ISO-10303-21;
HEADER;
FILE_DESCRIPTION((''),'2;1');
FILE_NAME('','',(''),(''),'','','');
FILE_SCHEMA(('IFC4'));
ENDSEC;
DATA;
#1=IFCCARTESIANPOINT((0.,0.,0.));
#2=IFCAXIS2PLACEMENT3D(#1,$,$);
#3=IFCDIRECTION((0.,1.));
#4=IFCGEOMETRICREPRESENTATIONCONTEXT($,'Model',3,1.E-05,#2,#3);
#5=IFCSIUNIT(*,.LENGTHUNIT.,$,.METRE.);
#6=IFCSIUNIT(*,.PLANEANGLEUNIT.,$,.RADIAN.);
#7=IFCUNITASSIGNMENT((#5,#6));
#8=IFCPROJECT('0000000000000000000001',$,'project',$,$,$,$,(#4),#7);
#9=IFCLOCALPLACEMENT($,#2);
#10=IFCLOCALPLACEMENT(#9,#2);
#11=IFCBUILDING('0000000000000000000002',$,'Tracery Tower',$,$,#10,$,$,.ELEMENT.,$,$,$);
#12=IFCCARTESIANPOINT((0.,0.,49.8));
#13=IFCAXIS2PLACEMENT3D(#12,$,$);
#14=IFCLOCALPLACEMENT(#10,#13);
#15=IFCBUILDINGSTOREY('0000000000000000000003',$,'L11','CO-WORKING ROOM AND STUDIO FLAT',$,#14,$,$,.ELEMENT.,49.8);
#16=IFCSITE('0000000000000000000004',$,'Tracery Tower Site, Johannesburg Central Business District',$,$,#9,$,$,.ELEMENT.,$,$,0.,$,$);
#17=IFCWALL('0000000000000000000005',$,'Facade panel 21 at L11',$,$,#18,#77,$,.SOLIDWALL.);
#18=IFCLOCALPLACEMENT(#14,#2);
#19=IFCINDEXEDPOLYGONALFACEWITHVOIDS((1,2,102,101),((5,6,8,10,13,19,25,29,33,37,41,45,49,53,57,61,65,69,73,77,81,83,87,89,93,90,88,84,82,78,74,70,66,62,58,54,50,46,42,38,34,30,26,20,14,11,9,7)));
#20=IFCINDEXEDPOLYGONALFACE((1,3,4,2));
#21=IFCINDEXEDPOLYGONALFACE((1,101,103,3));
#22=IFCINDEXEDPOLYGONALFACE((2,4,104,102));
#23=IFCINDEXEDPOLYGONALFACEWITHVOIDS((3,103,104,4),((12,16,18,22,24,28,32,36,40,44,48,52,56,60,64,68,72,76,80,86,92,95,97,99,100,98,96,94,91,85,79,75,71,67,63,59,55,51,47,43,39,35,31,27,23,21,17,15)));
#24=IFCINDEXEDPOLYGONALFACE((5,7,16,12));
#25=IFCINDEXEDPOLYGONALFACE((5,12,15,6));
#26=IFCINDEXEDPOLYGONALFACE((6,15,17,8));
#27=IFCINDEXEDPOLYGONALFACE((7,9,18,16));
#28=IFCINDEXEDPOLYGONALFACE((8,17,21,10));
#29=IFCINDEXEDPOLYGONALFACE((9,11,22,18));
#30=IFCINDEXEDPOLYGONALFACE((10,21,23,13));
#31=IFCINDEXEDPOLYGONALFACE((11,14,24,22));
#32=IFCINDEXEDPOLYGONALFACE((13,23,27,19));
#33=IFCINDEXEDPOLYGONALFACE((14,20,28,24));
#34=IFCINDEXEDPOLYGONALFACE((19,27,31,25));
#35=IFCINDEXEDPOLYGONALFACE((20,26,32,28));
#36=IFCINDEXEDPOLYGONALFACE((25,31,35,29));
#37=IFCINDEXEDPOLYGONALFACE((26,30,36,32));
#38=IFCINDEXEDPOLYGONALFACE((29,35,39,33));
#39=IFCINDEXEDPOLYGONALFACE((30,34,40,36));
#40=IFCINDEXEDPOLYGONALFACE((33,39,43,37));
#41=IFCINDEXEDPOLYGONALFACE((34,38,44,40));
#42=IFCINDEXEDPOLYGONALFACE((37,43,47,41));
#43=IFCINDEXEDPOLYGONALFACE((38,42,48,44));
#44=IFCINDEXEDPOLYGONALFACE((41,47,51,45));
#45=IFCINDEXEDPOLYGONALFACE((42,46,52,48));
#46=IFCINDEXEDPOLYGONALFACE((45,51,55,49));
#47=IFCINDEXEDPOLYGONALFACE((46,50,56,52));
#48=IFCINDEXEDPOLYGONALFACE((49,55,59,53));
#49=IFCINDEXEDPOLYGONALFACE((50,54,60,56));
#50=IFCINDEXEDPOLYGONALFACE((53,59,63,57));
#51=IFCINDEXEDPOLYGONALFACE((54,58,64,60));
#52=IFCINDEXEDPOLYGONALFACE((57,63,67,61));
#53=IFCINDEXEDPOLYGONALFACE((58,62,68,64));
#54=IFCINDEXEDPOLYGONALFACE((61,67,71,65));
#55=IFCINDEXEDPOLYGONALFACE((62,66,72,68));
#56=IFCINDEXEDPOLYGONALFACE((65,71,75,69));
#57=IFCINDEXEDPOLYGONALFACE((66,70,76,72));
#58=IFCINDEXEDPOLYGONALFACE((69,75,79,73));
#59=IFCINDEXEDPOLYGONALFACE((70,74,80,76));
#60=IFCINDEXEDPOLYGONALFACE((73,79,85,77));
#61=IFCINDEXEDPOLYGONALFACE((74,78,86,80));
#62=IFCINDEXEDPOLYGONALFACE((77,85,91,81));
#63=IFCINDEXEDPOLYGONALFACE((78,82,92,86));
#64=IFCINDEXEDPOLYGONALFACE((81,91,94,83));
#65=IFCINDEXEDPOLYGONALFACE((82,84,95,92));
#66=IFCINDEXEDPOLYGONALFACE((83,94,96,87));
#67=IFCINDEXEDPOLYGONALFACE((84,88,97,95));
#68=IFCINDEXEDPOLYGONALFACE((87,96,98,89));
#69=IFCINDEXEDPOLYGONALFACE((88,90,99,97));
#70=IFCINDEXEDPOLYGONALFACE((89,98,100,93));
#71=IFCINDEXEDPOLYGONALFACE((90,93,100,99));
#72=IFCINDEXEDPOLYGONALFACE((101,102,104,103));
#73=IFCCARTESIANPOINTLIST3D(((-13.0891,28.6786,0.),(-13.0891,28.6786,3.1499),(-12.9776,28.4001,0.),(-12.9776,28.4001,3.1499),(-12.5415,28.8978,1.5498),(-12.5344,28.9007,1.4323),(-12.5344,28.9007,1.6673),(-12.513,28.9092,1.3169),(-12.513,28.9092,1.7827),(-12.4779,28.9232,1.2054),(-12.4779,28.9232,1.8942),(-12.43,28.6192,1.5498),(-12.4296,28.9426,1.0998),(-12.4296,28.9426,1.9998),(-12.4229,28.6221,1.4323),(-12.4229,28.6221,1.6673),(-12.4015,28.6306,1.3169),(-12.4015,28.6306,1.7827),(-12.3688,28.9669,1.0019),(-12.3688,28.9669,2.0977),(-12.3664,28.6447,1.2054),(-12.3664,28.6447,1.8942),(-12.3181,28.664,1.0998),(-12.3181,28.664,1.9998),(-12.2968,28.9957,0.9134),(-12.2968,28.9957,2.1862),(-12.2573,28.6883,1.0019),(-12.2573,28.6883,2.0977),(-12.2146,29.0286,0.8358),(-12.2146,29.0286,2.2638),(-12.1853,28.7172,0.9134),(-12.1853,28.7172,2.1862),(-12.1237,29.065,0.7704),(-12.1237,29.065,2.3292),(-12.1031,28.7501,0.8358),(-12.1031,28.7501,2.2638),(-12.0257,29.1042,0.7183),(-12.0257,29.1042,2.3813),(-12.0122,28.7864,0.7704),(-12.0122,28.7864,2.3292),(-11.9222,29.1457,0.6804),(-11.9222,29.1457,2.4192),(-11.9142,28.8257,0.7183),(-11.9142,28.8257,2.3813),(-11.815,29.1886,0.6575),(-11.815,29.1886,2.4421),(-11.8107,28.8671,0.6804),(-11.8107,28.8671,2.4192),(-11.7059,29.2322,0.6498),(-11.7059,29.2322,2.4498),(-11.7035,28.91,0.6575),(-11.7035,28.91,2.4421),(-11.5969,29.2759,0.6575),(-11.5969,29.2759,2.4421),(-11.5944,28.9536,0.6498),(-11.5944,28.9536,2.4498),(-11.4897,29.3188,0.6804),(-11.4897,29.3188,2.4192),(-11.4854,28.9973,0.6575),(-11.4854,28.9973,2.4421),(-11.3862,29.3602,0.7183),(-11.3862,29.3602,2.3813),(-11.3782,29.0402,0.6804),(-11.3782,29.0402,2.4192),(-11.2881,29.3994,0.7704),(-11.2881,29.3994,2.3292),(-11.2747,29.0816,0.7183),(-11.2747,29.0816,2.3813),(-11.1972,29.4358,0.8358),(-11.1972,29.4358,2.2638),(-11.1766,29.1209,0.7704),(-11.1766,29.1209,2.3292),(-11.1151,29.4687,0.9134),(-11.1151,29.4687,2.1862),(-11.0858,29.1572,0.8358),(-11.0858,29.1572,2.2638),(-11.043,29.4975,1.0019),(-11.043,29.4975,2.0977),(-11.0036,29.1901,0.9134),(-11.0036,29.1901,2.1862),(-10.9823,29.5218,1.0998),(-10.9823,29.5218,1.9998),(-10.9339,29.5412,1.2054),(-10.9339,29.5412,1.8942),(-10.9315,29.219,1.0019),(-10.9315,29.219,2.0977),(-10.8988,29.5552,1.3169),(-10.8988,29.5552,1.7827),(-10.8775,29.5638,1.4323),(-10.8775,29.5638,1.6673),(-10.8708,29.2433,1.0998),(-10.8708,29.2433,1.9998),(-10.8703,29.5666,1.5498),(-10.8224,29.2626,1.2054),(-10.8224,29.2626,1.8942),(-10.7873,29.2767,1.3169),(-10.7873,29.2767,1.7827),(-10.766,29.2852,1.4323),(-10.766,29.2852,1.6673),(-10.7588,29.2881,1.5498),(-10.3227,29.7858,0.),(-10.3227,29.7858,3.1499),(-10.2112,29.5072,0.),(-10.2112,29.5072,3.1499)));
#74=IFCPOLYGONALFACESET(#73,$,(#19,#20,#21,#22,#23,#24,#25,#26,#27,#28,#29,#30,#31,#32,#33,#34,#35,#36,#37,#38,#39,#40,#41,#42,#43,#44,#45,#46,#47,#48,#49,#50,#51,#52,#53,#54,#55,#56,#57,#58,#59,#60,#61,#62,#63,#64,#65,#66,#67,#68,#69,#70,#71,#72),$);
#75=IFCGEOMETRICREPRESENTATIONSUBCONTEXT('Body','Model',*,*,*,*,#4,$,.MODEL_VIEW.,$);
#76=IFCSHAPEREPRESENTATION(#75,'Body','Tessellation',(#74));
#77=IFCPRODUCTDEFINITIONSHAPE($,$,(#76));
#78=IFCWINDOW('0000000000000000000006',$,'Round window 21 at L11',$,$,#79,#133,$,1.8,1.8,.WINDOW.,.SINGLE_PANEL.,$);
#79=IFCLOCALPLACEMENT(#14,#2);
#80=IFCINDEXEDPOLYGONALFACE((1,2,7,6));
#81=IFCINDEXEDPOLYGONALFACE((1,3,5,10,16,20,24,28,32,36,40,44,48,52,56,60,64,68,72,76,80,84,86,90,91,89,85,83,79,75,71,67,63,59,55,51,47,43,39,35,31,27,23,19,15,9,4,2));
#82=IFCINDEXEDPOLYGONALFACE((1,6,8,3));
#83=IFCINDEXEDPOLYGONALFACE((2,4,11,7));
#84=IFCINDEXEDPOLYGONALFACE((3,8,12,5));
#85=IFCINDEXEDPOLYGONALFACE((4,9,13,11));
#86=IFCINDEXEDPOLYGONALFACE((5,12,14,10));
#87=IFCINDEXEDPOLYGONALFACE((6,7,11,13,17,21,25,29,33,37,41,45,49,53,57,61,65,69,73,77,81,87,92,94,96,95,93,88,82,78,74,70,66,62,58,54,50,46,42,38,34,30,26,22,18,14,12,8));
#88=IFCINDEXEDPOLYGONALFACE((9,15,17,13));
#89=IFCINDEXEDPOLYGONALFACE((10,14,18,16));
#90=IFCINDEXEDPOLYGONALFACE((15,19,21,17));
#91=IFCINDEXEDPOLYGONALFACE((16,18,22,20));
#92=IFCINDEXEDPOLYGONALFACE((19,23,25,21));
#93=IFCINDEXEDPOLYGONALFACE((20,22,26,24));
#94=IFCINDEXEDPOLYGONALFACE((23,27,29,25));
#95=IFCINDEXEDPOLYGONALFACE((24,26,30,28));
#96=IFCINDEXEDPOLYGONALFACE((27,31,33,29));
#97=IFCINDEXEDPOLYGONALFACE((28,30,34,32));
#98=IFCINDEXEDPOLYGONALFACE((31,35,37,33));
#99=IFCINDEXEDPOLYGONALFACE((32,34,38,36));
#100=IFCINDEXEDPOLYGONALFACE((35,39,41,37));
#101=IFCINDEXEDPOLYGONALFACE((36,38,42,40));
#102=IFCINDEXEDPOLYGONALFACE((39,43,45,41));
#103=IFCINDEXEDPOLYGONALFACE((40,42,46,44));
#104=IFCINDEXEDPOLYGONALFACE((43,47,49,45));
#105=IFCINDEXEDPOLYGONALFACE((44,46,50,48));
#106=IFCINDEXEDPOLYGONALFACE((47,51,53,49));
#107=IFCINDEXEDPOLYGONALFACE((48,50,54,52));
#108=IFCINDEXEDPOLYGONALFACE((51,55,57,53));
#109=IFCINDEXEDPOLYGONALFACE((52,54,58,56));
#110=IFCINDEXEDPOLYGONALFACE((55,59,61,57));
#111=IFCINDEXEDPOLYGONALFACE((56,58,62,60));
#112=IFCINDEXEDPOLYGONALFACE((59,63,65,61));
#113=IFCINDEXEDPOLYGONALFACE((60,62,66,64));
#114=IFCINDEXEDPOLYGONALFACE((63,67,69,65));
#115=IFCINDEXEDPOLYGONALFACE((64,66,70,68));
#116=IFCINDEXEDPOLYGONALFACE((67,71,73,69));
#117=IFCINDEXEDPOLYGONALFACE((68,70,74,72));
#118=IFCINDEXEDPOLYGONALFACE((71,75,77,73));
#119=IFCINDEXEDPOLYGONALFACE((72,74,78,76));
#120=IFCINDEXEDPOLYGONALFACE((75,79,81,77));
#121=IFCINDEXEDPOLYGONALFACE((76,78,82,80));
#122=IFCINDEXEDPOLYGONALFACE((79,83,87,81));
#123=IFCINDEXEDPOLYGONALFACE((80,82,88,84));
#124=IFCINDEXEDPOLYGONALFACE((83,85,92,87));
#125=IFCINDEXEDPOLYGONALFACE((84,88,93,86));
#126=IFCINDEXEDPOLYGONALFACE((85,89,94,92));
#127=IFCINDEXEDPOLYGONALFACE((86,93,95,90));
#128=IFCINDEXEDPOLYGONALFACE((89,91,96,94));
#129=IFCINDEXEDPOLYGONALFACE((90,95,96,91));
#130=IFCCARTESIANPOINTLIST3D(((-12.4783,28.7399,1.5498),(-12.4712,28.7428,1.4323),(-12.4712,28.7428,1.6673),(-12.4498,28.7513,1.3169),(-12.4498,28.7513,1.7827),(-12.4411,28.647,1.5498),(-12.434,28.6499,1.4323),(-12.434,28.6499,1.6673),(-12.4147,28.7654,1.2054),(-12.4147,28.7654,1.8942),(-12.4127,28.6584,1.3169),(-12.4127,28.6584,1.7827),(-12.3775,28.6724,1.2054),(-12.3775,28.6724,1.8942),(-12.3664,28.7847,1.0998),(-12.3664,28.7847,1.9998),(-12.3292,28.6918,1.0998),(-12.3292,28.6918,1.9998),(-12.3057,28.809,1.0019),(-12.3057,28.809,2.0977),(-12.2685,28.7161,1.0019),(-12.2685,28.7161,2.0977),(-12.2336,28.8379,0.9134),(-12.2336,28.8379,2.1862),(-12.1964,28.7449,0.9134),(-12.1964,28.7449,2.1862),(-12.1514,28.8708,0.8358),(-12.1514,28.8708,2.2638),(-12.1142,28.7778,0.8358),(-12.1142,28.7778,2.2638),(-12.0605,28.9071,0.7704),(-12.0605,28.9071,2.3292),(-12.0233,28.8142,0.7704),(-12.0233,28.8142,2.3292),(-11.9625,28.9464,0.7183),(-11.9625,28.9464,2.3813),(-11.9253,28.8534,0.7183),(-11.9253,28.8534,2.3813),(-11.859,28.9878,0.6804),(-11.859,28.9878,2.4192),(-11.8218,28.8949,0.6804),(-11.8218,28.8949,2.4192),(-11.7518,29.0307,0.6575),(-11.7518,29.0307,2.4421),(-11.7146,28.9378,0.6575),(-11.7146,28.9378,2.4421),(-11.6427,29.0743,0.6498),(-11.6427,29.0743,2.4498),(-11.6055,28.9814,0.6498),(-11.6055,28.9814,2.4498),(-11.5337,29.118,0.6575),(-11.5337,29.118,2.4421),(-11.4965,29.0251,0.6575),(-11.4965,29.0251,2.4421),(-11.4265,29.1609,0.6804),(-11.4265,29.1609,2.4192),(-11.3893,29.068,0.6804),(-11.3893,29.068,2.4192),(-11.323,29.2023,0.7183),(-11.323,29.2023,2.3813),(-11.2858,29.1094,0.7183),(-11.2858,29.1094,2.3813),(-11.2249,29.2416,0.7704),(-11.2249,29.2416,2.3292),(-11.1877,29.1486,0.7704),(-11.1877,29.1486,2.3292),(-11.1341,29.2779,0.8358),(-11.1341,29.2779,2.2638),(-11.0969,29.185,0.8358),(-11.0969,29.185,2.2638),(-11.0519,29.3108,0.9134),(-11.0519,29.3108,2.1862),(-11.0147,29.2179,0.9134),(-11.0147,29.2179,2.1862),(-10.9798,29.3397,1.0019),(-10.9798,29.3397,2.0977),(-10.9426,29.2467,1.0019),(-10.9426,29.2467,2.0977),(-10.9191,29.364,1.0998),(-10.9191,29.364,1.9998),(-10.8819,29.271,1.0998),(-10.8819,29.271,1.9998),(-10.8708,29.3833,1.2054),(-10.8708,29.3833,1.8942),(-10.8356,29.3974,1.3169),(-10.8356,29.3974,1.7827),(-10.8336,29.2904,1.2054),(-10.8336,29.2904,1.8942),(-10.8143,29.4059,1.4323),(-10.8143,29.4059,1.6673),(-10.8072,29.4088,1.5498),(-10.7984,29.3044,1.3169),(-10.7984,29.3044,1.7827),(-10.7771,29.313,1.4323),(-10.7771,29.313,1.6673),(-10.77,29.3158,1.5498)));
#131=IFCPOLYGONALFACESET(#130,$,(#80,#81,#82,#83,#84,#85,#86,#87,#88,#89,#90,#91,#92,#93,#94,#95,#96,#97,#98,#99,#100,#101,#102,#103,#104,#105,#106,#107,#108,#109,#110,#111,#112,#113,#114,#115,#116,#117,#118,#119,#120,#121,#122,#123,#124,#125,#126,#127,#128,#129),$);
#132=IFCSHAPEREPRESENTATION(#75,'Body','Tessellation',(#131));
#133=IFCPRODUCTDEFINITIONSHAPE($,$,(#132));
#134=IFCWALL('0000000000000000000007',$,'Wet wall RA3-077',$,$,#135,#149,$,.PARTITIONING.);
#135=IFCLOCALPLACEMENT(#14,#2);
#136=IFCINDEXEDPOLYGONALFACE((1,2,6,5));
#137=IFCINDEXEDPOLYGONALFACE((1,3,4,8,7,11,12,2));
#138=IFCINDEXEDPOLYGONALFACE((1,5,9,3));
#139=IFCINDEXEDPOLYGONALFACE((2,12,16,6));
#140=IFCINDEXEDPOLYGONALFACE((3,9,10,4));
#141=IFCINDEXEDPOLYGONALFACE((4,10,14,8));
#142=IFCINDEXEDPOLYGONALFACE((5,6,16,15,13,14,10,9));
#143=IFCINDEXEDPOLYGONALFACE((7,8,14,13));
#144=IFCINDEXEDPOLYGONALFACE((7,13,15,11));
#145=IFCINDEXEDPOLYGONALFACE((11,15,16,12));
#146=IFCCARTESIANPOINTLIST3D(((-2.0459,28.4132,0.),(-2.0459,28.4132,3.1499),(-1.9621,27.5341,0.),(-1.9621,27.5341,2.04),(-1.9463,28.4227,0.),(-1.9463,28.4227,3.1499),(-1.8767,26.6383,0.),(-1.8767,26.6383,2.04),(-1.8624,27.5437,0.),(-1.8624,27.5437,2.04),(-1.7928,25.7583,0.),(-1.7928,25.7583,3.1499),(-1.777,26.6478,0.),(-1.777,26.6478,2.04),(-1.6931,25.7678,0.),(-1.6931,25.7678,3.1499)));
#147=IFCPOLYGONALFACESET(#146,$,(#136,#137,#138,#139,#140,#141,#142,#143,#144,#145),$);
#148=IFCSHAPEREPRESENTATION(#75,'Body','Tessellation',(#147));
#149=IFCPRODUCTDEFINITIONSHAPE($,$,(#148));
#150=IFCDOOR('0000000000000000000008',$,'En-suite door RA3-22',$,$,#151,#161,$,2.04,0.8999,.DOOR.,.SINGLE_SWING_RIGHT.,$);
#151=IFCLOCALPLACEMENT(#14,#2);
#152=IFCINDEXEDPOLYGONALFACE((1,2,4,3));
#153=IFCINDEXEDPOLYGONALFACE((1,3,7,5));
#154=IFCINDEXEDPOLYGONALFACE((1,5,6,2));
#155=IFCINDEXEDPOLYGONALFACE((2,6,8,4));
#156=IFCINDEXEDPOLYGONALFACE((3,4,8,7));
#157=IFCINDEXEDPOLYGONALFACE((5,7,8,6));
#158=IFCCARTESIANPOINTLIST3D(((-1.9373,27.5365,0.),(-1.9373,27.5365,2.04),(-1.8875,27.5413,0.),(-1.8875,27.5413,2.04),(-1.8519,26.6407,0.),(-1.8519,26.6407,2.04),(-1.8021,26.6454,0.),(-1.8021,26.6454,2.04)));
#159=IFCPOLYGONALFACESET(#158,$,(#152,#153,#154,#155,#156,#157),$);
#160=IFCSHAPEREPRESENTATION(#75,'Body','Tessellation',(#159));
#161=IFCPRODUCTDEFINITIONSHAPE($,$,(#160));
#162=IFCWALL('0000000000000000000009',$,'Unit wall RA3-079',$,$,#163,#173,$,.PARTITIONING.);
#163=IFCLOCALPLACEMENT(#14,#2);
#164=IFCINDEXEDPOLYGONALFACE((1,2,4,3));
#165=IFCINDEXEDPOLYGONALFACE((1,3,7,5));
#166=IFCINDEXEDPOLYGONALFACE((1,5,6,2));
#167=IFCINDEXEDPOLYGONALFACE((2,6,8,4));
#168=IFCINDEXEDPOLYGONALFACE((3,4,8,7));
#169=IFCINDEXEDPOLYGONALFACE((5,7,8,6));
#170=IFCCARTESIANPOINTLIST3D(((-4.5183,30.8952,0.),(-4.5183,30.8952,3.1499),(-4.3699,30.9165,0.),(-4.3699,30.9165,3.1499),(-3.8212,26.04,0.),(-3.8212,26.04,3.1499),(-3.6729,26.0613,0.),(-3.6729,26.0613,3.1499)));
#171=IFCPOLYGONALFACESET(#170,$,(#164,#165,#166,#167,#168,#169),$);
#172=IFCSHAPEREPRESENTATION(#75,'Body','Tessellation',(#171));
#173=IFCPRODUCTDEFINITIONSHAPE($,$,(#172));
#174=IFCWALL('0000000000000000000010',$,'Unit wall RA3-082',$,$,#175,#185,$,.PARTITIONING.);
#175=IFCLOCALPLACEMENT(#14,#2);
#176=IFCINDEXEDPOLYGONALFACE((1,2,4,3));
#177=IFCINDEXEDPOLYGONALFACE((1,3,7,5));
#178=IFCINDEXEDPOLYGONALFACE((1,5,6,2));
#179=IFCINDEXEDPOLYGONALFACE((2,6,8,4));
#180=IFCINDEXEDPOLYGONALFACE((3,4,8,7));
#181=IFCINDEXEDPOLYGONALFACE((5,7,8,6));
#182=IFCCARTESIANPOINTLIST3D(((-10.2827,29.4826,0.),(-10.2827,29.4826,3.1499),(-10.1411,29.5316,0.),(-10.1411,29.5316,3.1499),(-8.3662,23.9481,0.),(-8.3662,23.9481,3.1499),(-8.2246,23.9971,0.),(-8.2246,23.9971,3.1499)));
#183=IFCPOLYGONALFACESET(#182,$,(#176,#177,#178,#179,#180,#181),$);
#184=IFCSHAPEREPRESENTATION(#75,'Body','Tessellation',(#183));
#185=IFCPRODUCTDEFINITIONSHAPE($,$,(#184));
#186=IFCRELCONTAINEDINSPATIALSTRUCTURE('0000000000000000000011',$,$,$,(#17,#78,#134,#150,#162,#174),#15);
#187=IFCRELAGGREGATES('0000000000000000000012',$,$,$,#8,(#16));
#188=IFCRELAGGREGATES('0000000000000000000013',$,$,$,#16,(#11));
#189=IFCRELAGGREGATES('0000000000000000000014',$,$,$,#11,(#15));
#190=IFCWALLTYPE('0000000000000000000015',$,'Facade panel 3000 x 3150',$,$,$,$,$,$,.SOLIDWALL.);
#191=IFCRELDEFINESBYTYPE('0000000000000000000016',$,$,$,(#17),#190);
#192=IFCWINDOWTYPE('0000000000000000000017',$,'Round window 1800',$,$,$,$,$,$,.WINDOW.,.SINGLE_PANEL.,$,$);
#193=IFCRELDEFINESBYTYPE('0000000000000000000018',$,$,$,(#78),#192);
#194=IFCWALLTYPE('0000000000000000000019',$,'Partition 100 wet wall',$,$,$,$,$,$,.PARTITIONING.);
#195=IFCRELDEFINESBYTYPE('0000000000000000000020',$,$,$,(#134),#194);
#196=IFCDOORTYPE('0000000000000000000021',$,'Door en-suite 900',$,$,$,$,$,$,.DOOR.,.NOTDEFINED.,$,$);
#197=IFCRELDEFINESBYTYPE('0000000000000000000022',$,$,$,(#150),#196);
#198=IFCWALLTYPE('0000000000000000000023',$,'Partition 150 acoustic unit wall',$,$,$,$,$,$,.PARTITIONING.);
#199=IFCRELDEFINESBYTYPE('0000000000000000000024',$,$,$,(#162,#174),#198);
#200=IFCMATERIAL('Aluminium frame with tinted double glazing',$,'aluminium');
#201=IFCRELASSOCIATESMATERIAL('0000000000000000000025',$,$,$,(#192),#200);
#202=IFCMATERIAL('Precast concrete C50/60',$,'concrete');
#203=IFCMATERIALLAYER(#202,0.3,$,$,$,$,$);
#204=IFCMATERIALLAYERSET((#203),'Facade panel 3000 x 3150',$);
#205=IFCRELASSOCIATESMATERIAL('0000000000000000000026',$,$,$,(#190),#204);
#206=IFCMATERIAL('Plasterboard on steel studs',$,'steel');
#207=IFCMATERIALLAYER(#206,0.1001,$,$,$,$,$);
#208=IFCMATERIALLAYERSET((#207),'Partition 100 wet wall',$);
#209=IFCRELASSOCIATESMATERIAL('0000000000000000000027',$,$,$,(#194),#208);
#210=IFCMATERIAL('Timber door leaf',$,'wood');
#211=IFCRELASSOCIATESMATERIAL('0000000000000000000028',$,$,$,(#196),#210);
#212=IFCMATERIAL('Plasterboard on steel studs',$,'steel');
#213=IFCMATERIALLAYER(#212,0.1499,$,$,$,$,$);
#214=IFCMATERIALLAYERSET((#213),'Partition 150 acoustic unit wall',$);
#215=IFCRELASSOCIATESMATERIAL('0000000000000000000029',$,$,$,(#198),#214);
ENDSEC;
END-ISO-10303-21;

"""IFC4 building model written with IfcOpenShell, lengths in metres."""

from ifc_helpers import new_model, si_unit, direction, frame, frame_2d, origin, origin_2d, place, context, subcontext, project, spatial, rectangle, circle, extrude, material, layer, layer_set, type_object, element, fill, save


model = new_model("IFC4")

# Units and contexts
model_context = context("Model", 3, precision=1e-05, world=origin(), true_north=direction((0.0, 1.0)))
body_context = subcontext(model_context, "Body", "Model", "MODEL_VIEW")
ifc_project = project(units=[si_unit("LENGTHUNIT", "METRE"), si_unit("PLANEANGLEUNIT", "RADIAN")], contexts=[model_context])

# Site, building, storey
site_placement = place(None, origin())
site = spatial("IfcSite", under=ifc_project, at=site_placement, Name="Tracery Tower Site, Johannesburg Central Business District", CompositionType="ELEMENT", RefElevation=0.0)
building_placement = place(site_placement, origin())
building = spatial("IfcBuilding", under=site, at=building_placement, Name="Tracery Tower", CompositionType="ELEMENT")
storey_placement = place(building_placement, frame((0.0, 0.0, 49.8)))
storey = spatial("IfcBuildingStorey", under=building, at=storey_placement, Name="L11", Description="CO-WORKING ROOM AND STUDIO FLAT", CompositionType="ELEMENT", Elevation=49.8)

# Wall, opening, window
ifc_material_1 = material(Name="Aluminium frame with tinted double glazing", Category="aluminium")
window_type = type_object("IfcWindowType", Name="Round window 1800", PartitioningType="SINGLE_PANEL", PredefinedType="WINDOW", material=ifc_material_1)
ifc_material_2 = material(Name="Precast concrete C50/60", Category="concrete")
ifc_layer_1 = layer(ifc_material_2, 0.3)
ifc_layer_set_1 = layer_set([ifc_layer_1], Name="Facade panel 3000 x 3150")
wall_type_1 = type_object("IfcWallType", Name="Facade panel 3000 x 3150", PredefinedType="SOLIDWALL", material=ifc_layer_set_1)
wall_1_placement = place(storey_placement, frame((-10.2671, 29.6465, 0.0), z_axis=(0.0, 0.0, 1.0), x_axis=(-0.928403, -0.371574, 0.0)))
wall_1 = element("IfcWall", 1, at=wall_1_placement, inside=storey, type_object=wall_type_1, Name="Facade panel 21 at L11", PredefinedType="SOLIDWALL", context=body_context, shape_type="SweptSolid", body=[
    extrude(rectangle(XDim=2.9797, YDim=0.3, at=frame_2d((1.4897, 0.0))), origin(), (0.0, 0.0, 1.0), 3.1499),
])
opening_1_placement = place(wall_1_placement, frame((1.4897, 0.0, 1.5498)))
opening_1 = element("IfcOpeningElement", 2, at=opening_1_placement, cuts=wall_1, PredefinedType="OPENING", context=body_context, shape_type="SweptSolid", body=[
    extrude(circle(Radius=0.9, at=origin_2d()), frame((0.0, 0.1599, 0.0), z_axis=(0.0, -1.0, 0.0), x_axis=(1.0, 0.0, 0.0)), (0.0, 0.0, 1.0), 0.3201),
])
window_1_placement = place(opening_1_placement, origin())
window_1 = element("IfcWindow", 3, at=window_1_placement, inside=storey, type_object=window_type, Name="Round window 21 at L11", OverallHeight=1.8, OverallWidth=1.8, PartitioningType="SINGLE_PANEL", PredefinedType="WINDOW", context=body_context, shape_type="SweptSolid", body=[
    extrude(circle(Radius=0.9, at=origin_2d()), frame((0.0, 0.1201, 0.0), z_axis=(0.0, -1.0, 0.0), x_axis=(1.0, 0.0, 0.0)), (0.0, 0.0, 1.0), 0.1001),
])
fill(opening_1, window_1)

# Wall, opening, door
ifc_material_3 = material(Name="Plasterboard on steel studs", Category="steel")
ifc_layer_2 = layer(ifc_material_3, 0.1001)
ifc_layer_set_2 = layer_set([ifc_layer_2], Name="Partition 100 wet wall")
wall_type_2 = type_object("IfcWallType", Name="Partition 100 wet wall", PredefinedType="PARTITIONING", material=ifc_layer_set_2)
wall_2_placement = place(storey_placement, frame((-1.9961, 28.418, 0.0), z_axis=(0.0, 0.0, 1.0), x_axis=(0.094926, -0.995484, 0.0)))
wall_2 = element("IfcWall", 4, at=wall_2_placement, inside=storey, type_object=wall_type_2, Name="Wet wall RA3-077", PredefinedType="PARTITIONING", context=body_context, shape_type="SweptSolid", body=[
    extrude(rectangle(XDim=2.667, YDim=0.1001, at=frame_2d((1.3335, 0.0))), origin(), (0.0, 0.0, 1.0), 3.1499),
])
opening_2_placement = place(wall_2_placement, frame((0.8831, 0.0, 0.0)))
opening_2 = element("IfcOpeningElement", 5, at=opening_2_placement, cuts=wall_2, PredefinedType="OPENING", context=body_context, shape_type="SweptSolid", body=[
    extrude(rectangle(XDim=0.8999, YDim=2.04, at=frame_2d((0.45, 1.02))), frame((0.0, 0.05, 0.0), z_axis=(0.0, -1.0, 0.0), x_axis=(1.0, 0.0, 0.0)), (0.0, 0.0, 1.0), 0.1001),
])
ifc_material_4 = material(Name="Timber door leaf", Category="wood")
door_type = type_object("IfcDoorType", Name="Door en-suite 900", OperationType="NOTDEFINED", PredefinedType="DOOR", material=ifc_material_4)
door_placement = place(opening_2_placement, origin())
door = element("IfcDoor", 6, at=door_placement, inside=storey, type_object=door_type, Name="En-suite door RA3-22", OperationType="SINGLE_SWING_RIGHT", OverallHeight=2.04, OverallWidth=0.8999, PredefinedType="DOOR", context=body_context, shape_type="SweptSolid", body=[
    extrude(rectangle(XDim=0.8999, YDim=2.04, at=frame_2d((0.45, 1.02))), frame((0.0, 0.0249, 0.0), z_axis=(0.0, -1.0, 0.0), x_axis=(1.0, 0.0, 0.0)), (0.0, 0.0, 1.0), 0.05),
])
fill(opening_2, door)

# Walls
ifc_material_5 = material(Name="Plasterboard on steel studs", Category="steel")
ifc_layer_3 = layer(ifc_material_5, 0.1499)
ifc_layer_set_3 = layer_set([ifc_layer_3], Name="Partition 150 acoustic unit wall")
wall_type_3 = type_object("IfcWallType", Name="Partition 150 acoustic unit wall", PredefinedType="PARTITIONING", material=ifc_layer_set_3)
wall_3_placement = place(storey_placement, frame((-4.4441, 30.906, 0.0), z_axis=(0.0, 0.0, 1.0), x_axis=(0.142104, -0.989852, 0.0)))
element("IfcWall", 7, at=wall_3_placement, inside=storey, type_object=wall_type_3, Name="Unit wall RA3-079", PredefinedType="PARTITIONING", context=body_context, shape_type="SweptSolid", body=[
    extrude(rectangle(XDim=4.905, YDim=0.1499, at=frame_2d((2.4526, 0.0))), origin(), (0.0, 0.0, 1.0), 3.1499),
])
wall_4_placement = place(storey_placement, frame((-10.2119, 29.5071, 0.0), z_axis=(0.0, 0.0, 1.0), x_axis=(0.327224, -0.944947, 0.0)))
element("IfcWall", 8, at=wall_4_placement, inside=storey, type_object=wall_type_3, Name="Unit wall RA3-082", PredefinedType="PARTITIONING", context=body_context, shape_type="SweptSolid", body=[
    extrude(rectangle(XDim=5.8569, YDim=0.1499, at=frame_2d((2.9285, 0.0))), origin(), (0.0, 0.0, 1.0), 3.1499),
])

save(model, "model.ifc")
